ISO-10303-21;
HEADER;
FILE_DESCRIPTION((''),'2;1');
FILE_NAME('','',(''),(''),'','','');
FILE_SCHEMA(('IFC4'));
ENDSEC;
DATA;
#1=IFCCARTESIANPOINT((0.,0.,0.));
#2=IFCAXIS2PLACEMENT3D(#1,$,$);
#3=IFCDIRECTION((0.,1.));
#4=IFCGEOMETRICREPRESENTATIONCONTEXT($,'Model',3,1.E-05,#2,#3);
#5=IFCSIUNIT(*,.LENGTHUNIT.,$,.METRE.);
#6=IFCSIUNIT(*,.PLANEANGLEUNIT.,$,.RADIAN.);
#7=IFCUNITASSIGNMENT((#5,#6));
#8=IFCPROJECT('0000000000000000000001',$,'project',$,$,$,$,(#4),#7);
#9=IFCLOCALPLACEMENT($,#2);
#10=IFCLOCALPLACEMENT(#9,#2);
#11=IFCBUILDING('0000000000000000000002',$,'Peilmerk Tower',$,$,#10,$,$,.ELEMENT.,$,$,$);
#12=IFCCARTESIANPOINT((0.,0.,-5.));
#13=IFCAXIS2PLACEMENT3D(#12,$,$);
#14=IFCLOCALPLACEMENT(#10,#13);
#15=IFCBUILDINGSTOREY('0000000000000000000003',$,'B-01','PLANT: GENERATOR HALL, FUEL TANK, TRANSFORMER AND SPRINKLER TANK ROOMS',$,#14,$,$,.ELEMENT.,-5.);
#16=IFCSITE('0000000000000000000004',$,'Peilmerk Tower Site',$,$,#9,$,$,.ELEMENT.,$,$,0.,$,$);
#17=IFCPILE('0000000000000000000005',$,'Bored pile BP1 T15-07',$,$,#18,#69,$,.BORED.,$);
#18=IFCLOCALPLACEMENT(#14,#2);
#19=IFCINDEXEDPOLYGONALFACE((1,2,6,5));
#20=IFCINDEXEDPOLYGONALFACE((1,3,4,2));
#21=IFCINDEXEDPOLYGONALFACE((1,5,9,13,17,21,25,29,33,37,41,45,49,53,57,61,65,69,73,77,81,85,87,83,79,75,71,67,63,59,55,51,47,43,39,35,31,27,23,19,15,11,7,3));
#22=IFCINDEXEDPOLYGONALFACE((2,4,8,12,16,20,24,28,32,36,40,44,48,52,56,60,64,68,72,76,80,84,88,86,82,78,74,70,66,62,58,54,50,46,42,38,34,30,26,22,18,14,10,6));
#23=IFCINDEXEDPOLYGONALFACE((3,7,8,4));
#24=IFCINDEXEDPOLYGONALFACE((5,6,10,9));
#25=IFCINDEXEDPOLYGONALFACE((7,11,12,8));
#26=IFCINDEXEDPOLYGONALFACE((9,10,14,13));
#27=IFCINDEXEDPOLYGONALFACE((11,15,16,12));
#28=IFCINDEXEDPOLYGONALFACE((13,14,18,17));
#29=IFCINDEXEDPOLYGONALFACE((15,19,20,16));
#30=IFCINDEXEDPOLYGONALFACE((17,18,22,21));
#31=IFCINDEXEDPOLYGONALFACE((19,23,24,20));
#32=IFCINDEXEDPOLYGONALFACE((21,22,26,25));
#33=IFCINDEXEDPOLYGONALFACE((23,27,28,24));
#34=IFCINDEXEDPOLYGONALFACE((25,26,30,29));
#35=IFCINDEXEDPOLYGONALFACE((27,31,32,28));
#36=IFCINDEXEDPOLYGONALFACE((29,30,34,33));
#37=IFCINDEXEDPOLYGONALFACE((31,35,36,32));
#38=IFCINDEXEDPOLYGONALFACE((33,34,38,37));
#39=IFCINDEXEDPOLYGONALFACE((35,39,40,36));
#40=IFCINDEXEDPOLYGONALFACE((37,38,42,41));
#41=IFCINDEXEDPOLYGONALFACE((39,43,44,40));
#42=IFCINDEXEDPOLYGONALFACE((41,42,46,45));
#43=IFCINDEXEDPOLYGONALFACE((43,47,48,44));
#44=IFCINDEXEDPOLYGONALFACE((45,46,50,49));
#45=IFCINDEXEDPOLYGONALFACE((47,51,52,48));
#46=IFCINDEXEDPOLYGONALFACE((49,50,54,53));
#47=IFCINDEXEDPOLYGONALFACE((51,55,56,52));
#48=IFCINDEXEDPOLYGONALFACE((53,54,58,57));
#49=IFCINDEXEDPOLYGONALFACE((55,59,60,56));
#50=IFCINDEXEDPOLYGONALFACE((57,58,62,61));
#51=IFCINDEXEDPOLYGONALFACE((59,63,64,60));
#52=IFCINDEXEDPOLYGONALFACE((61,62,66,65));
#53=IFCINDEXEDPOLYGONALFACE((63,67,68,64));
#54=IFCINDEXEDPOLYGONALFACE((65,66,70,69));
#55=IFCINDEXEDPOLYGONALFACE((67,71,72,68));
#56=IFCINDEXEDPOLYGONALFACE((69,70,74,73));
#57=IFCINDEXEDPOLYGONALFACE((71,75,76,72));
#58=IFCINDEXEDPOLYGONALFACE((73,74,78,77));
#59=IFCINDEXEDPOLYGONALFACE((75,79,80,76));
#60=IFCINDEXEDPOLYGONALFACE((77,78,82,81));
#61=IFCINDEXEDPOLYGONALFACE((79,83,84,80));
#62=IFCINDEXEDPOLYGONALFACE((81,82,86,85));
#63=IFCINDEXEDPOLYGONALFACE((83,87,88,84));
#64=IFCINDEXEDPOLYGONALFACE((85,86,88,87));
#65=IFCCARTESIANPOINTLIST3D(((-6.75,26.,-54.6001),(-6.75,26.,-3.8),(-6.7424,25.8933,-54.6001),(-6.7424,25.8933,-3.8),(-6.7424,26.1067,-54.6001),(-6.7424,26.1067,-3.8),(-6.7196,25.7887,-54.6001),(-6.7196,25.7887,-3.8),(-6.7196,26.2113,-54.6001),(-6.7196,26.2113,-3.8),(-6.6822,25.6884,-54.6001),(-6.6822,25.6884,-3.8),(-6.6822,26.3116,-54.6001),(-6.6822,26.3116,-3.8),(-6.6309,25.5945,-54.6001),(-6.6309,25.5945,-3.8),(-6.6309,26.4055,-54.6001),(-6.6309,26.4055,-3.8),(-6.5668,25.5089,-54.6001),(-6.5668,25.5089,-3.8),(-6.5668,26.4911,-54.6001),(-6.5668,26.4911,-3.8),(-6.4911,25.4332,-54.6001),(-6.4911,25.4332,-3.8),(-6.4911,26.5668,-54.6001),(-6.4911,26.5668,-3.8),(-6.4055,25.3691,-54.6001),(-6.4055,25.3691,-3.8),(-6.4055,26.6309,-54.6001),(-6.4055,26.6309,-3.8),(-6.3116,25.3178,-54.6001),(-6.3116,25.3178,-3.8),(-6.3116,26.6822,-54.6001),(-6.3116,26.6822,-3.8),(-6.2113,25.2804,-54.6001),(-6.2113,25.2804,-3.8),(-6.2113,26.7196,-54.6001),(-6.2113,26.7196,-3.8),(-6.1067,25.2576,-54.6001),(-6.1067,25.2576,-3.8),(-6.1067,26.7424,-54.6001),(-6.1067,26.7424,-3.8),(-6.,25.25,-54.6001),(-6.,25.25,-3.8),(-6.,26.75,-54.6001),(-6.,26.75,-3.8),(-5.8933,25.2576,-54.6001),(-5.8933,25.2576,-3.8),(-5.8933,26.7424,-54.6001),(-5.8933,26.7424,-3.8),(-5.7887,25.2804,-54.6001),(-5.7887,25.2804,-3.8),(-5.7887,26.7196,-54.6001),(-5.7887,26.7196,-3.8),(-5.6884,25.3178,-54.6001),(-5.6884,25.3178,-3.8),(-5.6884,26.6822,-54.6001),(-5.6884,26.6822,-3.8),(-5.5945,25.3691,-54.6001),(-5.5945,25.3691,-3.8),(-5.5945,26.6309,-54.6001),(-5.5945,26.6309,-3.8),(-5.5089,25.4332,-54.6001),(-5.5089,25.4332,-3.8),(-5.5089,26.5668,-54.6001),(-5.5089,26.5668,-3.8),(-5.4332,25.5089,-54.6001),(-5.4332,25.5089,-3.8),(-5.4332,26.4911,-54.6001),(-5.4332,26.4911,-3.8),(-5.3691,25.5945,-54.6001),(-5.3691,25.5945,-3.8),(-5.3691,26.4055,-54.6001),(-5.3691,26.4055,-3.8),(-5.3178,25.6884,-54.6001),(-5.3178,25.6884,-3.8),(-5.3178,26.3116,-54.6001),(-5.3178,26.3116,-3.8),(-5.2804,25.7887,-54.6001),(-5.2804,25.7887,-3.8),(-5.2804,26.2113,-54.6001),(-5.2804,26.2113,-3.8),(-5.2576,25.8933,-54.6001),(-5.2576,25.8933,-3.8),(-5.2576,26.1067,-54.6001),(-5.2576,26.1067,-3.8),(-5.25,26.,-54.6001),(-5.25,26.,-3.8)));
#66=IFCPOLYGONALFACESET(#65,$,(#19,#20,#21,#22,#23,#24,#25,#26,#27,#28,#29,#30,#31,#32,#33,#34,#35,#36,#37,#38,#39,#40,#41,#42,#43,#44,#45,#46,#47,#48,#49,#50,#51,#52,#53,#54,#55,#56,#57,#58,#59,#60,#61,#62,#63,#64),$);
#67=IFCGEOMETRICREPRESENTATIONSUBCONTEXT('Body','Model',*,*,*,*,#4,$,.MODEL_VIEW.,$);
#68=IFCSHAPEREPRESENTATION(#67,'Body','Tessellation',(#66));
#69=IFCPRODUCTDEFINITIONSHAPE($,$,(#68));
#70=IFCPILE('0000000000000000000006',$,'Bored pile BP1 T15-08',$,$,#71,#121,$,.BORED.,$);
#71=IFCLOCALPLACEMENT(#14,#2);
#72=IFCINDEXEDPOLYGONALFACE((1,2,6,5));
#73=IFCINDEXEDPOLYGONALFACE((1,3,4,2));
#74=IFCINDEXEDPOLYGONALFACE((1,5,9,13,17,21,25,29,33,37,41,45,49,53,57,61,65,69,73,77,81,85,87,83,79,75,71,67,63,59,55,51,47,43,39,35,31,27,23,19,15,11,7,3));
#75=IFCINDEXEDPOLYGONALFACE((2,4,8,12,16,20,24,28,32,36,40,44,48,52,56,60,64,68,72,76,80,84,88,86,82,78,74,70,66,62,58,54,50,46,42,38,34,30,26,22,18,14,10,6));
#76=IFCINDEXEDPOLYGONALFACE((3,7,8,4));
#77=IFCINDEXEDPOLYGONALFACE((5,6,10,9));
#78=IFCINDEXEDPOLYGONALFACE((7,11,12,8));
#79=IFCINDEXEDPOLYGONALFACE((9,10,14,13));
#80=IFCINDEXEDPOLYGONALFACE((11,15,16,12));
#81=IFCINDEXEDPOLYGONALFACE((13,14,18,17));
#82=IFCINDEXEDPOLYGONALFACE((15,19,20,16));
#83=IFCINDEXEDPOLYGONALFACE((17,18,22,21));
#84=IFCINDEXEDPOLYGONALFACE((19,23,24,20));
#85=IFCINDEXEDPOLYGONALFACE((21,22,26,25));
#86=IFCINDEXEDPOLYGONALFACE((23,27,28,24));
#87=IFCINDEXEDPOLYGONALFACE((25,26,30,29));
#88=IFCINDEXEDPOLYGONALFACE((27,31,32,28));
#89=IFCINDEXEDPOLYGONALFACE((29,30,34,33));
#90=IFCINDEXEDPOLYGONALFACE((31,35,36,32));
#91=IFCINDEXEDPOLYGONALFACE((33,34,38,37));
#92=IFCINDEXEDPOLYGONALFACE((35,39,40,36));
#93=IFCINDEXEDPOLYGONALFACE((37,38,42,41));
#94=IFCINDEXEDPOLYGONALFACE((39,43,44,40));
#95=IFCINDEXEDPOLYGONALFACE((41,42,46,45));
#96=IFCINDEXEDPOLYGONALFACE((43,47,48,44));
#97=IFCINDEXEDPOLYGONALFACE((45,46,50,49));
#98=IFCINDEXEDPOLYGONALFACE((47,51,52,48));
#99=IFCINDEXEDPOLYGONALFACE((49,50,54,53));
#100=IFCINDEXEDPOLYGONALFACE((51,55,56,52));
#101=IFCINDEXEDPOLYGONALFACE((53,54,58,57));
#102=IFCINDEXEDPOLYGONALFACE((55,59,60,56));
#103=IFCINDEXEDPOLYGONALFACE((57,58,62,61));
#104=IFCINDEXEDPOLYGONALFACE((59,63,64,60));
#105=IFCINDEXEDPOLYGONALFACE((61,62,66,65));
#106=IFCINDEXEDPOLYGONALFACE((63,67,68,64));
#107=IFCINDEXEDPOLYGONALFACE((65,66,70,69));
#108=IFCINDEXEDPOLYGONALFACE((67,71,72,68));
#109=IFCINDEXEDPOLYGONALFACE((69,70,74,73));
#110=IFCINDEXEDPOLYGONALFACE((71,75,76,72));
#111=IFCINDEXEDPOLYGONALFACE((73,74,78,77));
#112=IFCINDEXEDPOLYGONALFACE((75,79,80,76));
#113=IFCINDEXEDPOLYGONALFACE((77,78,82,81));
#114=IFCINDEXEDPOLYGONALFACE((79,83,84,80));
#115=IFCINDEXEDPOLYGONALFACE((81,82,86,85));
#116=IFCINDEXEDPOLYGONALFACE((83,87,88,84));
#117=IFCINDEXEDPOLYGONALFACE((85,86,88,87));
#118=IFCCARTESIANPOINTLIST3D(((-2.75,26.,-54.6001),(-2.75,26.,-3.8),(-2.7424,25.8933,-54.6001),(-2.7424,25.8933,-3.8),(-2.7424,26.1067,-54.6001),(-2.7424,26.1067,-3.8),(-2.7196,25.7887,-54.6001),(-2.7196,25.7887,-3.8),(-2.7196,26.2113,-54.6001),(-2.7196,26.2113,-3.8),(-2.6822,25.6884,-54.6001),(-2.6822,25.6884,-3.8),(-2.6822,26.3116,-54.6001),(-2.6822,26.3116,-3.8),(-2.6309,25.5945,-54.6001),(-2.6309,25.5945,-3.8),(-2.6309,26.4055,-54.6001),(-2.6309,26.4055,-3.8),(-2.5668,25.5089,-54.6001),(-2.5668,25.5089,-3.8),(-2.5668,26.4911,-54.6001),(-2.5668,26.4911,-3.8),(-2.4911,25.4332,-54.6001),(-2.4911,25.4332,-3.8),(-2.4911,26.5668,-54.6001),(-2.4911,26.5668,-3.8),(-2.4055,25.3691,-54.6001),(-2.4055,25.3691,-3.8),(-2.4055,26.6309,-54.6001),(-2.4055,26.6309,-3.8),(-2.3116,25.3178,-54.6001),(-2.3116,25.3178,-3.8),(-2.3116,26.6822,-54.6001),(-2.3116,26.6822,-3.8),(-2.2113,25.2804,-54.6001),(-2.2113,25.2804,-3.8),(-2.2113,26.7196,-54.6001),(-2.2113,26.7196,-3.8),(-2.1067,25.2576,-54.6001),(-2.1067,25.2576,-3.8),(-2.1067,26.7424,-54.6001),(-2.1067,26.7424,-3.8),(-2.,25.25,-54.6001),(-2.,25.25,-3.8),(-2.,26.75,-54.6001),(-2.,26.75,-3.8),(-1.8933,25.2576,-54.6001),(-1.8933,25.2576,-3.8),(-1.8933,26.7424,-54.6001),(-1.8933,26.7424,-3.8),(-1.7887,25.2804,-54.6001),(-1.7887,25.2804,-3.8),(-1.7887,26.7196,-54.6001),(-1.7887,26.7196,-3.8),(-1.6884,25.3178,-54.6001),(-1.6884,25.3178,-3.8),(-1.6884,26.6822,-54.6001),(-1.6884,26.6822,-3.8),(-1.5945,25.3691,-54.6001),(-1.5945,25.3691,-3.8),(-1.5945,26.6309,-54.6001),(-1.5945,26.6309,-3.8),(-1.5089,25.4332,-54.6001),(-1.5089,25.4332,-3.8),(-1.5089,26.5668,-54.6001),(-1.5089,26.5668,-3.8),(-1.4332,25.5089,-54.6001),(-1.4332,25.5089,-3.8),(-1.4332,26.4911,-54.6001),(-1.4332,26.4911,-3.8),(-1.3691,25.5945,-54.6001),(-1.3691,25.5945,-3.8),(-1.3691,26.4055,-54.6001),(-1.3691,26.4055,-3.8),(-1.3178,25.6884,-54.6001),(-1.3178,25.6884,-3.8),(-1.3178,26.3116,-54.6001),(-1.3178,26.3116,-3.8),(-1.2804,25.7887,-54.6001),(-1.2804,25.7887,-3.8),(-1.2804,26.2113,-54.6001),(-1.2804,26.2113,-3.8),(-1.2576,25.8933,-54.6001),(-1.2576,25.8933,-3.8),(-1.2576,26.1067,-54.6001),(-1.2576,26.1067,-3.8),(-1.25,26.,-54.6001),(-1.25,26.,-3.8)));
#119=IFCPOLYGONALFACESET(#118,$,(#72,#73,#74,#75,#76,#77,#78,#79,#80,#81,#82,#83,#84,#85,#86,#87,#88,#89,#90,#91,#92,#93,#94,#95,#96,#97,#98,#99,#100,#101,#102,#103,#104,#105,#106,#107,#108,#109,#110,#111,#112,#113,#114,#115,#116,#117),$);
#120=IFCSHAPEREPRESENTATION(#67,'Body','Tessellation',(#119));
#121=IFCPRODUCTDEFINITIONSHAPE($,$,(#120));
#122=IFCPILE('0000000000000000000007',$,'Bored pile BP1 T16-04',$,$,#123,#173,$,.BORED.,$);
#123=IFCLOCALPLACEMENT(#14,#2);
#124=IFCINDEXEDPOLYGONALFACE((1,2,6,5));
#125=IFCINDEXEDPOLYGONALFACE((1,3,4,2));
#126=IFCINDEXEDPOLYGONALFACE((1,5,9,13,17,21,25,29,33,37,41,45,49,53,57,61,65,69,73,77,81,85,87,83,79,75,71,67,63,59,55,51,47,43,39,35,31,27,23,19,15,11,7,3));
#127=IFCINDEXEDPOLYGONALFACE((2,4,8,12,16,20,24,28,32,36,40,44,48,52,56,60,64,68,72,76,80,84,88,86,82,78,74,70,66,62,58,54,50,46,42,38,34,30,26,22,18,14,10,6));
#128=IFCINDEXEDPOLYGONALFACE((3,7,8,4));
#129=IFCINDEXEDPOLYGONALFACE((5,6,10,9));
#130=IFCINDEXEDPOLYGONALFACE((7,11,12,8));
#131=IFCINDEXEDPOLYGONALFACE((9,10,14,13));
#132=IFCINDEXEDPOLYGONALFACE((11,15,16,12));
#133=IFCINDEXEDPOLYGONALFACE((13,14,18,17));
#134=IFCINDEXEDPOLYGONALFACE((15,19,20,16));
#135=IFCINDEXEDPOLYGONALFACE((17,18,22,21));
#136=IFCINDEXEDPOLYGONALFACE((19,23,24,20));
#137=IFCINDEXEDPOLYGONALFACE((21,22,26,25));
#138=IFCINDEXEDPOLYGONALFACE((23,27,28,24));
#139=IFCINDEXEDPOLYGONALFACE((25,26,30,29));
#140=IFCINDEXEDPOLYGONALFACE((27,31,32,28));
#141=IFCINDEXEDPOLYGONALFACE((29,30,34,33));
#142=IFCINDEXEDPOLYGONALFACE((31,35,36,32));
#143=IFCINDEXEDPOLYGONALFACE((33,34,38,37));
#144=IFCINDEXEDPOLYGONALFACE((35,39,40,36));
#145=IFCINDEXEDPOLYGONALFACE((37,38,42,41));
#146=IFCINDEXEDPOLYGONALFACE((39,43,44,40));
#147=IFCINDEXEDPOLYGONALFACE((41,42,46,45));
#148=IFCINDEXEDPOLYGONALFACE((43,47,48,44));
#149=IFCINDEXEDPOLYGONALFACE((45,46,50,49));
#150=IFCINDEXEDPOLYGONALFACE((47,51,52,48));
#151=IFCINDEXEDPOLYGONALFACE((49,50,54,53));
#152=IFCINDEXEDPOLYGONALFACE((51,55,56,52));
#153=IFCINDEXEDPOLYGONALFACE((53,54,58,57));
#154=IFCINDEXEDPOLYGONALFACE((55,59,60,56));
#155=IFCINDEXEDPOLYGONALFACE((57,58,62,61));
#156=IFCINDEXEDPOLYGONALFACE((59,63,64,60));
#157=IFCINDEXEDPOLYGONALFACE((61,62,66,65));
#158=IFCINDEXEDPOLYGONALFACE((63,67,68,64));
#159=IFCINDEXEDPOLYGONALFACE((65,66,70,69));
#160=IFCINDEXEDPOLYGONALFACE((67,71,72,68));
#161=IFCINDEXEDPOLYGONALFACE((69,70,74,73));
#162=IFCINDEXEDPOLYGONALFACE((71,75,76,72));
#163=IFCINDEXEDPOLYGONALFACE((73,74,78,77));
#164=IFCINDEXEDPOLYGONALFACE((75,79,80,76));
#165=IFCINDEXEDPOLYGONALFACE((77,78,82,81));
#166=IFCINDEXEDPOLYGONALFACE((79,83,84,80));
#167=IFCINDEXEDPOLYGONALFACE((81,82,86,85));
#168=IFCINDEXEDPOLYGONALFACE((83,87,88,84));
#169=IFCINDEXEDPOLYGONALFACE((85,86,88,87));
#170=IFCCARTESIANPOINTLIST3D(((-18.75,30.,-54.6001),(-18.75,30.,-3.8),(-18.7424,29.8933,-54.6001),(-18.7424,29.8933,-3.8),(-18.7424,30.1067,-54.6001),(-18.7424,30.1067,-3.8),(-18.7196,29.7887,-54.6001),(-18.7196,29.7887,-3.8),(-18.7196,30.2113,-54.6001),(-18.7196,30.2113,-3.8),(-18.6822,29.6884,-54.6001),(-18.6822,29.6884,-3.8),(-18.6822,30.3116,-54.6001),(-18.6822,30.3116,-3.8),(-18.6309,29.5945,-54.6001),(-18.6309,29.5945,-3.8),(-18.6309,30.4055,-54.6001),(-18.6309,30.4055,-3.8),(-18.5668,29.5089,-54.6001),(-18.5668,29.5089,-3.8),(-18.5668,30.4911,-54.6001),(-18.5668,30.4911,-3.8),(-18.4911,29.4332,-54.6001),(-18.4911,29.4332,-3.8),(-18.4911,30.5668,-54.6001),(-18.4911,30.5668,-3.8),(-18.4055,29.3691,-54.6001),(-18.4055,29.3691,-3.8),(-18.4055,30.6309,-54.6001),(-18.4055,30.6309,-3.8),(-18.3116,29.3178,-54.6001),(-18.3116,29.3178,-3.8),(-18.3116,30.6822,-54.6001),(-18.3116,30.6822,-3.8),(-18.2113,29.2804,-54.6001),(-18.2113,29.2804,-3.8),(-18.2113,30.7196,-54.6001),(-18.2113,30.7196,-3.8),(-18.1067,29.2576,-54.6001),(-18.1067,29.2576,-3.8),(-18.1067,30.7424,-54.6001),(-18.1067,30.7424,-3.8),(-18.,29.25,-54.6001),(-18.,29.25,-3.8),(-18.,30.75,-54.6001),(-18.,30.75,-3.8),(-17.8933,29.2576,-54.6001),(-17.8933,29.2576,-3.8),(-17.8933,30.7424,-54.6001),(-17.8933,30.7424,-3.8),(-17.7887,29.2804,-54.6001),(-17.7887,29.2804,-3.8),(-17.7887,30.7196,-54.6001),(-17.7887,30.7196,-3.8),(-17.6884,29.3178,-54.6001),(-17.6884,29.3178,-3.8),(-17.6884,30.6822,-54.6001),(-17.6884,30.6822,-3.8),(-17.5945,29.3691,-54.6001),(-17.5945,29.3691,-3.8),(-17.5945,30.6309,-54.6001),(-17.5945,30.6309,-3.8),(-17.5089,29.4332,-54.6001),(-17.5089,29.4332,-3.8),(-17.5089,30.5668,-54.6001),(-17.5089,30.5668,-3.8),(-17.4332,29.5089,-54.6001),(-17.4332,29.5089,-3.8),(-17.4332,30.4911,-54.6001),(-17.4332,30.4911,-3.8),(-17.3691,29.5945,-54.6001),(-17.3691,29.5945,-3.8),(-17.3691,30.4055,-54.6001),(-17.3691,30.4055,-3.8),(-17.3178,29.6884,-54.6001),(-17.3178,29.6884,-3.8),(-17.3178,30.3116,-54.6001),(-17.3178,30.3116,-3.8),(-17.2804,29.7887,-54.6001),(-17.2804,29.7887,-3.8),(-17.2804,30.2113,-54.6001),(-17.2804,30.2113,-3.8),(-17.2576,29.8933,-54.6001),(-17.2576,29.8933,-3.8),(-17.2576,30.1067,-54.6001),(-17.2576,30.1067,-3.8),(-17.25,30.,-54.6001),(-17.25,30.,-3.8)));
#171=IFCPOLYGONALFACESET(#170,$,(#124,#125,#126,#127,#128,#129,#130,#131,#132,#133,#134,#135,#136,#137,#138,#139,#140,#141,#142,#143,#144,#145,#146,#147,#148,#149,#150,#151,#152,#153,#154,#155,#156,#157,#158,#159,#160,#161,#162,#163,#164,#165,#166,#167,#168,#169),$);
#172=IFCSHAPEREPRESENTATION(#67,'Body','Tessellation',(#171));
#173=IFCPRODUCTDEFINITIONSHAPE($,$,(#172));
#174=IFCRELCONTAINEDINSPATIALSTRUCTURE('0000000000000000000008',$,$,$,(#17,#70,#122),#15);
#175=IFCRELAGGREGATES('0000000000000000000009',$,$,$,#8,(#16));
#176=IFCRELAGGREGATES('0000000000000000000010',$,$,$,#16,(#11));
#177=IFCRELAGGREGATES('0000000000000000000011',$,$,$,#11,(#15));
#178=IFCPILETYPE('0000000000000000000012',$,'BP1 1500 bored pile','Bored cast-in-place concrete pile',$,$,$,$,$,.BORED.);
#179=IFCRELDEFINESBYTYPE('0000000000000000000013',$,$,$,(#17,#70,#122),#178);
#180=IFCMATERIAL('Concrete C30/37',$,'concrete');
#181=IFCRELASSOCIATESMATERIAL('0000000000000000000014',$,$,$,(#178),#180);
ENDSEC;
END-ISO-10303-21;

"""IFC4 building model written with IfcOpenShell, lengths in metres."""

from ifc_helpers import new_model, si_unit, direction, frame, origin, origin_2d, place, context, subcontext, project, spatial, circle, extrude, material, material_profile, profile_set, type_object, element, save


model = new_model("IFC4")

# Units and contexts
model_context = context("Model", 3, precision=1e-05, world=origin(), true_north=direction((0.0, 1.0)))
body_context = subcontext(model_context, "Body", "Model", "MODEL_VIEW")
ifc_project = project(units=[si_unit("LENGTHUNIT", "METRE"), si_unit("PLANEANGLEUNIT", "RADIAN")], contexts=[model_context])

# Site, building, storey
site_placement = place(None, origin())
site = spatial("IfcSite", under=ifc_project, at=site_placement, Name="Peilmerk Tower Site", CompositionType="ELEMENT", RefElevation=0.0)
building_placement = place(site_placement, origin())
building = spatial("IfcBuilding", under=site, at=building_placement, Name="Peilmerk Tower", CompositionType="ELEMENT")
storey_placement = place(building_placement, frame((0.0, 0.0, -5.0)))
storey = spatial("IfcBuildingStorey", under=building, at=storey_placement, Name="B-01", Description="PLANT: GENERATOR HALL, FUEL TANK, TRANSFORMER AND SPRINKLER TANK ROOMS", CompositionType="ELEMENT", Elevation=-5.0)

# Piles
ifc_material_1 = material(Name="Concrete C30/37", Category="concrete")
ifc_material_profile_1 = material_profile(ifc_material_1, circle(Radius=0.75, at=origin_2d()), Name="BP 1500")
ifc_profile_set_1 = profile_set([ifc_material_profile_1], Name="Concrete C30/37")
pile_type = type_object("IfcPileType", Name="BP1 1500 bored pile", Description="Bored cast-in-place concrete pile", PredefinedType="BORED", material=ifc_profile_set_1)
for number, where, z_axis, x_axis, name in (
    (1, (-6.0, 26.0, -3.8), (0.0, 0.0, -1.0), (1.0, 0.0, 0.0), "Bored pile BP1 T15-07"),
    (2, (-2.0, 26.0, -3.8), (0.0, 0.0, -1.0), (1.0, 0.0, 0.0), "Bored pile BP1 T15-08"),
    (3, (-18.0, 30.0, -3.8), (0.0, 0.0, -1.0), (1.0, 0.0, 0.0), "Bored pile BP1 T16-04"),
):
    element("IfcPile", number, at=place(storey_placement, frame(where, z_axis=z_axis, x_axis=x_axis)), inside=storey, type_object=pile_type, Name=name, PredefinedType="BORED", context=body_context, shape_type="SweptSolid", body=[
        extrude(circle(Radius=0.75, at=origin_2d()), origin(), (0.0, 0.0, 1.0), 50.8),
    ])

save(model, "model.ifc")
